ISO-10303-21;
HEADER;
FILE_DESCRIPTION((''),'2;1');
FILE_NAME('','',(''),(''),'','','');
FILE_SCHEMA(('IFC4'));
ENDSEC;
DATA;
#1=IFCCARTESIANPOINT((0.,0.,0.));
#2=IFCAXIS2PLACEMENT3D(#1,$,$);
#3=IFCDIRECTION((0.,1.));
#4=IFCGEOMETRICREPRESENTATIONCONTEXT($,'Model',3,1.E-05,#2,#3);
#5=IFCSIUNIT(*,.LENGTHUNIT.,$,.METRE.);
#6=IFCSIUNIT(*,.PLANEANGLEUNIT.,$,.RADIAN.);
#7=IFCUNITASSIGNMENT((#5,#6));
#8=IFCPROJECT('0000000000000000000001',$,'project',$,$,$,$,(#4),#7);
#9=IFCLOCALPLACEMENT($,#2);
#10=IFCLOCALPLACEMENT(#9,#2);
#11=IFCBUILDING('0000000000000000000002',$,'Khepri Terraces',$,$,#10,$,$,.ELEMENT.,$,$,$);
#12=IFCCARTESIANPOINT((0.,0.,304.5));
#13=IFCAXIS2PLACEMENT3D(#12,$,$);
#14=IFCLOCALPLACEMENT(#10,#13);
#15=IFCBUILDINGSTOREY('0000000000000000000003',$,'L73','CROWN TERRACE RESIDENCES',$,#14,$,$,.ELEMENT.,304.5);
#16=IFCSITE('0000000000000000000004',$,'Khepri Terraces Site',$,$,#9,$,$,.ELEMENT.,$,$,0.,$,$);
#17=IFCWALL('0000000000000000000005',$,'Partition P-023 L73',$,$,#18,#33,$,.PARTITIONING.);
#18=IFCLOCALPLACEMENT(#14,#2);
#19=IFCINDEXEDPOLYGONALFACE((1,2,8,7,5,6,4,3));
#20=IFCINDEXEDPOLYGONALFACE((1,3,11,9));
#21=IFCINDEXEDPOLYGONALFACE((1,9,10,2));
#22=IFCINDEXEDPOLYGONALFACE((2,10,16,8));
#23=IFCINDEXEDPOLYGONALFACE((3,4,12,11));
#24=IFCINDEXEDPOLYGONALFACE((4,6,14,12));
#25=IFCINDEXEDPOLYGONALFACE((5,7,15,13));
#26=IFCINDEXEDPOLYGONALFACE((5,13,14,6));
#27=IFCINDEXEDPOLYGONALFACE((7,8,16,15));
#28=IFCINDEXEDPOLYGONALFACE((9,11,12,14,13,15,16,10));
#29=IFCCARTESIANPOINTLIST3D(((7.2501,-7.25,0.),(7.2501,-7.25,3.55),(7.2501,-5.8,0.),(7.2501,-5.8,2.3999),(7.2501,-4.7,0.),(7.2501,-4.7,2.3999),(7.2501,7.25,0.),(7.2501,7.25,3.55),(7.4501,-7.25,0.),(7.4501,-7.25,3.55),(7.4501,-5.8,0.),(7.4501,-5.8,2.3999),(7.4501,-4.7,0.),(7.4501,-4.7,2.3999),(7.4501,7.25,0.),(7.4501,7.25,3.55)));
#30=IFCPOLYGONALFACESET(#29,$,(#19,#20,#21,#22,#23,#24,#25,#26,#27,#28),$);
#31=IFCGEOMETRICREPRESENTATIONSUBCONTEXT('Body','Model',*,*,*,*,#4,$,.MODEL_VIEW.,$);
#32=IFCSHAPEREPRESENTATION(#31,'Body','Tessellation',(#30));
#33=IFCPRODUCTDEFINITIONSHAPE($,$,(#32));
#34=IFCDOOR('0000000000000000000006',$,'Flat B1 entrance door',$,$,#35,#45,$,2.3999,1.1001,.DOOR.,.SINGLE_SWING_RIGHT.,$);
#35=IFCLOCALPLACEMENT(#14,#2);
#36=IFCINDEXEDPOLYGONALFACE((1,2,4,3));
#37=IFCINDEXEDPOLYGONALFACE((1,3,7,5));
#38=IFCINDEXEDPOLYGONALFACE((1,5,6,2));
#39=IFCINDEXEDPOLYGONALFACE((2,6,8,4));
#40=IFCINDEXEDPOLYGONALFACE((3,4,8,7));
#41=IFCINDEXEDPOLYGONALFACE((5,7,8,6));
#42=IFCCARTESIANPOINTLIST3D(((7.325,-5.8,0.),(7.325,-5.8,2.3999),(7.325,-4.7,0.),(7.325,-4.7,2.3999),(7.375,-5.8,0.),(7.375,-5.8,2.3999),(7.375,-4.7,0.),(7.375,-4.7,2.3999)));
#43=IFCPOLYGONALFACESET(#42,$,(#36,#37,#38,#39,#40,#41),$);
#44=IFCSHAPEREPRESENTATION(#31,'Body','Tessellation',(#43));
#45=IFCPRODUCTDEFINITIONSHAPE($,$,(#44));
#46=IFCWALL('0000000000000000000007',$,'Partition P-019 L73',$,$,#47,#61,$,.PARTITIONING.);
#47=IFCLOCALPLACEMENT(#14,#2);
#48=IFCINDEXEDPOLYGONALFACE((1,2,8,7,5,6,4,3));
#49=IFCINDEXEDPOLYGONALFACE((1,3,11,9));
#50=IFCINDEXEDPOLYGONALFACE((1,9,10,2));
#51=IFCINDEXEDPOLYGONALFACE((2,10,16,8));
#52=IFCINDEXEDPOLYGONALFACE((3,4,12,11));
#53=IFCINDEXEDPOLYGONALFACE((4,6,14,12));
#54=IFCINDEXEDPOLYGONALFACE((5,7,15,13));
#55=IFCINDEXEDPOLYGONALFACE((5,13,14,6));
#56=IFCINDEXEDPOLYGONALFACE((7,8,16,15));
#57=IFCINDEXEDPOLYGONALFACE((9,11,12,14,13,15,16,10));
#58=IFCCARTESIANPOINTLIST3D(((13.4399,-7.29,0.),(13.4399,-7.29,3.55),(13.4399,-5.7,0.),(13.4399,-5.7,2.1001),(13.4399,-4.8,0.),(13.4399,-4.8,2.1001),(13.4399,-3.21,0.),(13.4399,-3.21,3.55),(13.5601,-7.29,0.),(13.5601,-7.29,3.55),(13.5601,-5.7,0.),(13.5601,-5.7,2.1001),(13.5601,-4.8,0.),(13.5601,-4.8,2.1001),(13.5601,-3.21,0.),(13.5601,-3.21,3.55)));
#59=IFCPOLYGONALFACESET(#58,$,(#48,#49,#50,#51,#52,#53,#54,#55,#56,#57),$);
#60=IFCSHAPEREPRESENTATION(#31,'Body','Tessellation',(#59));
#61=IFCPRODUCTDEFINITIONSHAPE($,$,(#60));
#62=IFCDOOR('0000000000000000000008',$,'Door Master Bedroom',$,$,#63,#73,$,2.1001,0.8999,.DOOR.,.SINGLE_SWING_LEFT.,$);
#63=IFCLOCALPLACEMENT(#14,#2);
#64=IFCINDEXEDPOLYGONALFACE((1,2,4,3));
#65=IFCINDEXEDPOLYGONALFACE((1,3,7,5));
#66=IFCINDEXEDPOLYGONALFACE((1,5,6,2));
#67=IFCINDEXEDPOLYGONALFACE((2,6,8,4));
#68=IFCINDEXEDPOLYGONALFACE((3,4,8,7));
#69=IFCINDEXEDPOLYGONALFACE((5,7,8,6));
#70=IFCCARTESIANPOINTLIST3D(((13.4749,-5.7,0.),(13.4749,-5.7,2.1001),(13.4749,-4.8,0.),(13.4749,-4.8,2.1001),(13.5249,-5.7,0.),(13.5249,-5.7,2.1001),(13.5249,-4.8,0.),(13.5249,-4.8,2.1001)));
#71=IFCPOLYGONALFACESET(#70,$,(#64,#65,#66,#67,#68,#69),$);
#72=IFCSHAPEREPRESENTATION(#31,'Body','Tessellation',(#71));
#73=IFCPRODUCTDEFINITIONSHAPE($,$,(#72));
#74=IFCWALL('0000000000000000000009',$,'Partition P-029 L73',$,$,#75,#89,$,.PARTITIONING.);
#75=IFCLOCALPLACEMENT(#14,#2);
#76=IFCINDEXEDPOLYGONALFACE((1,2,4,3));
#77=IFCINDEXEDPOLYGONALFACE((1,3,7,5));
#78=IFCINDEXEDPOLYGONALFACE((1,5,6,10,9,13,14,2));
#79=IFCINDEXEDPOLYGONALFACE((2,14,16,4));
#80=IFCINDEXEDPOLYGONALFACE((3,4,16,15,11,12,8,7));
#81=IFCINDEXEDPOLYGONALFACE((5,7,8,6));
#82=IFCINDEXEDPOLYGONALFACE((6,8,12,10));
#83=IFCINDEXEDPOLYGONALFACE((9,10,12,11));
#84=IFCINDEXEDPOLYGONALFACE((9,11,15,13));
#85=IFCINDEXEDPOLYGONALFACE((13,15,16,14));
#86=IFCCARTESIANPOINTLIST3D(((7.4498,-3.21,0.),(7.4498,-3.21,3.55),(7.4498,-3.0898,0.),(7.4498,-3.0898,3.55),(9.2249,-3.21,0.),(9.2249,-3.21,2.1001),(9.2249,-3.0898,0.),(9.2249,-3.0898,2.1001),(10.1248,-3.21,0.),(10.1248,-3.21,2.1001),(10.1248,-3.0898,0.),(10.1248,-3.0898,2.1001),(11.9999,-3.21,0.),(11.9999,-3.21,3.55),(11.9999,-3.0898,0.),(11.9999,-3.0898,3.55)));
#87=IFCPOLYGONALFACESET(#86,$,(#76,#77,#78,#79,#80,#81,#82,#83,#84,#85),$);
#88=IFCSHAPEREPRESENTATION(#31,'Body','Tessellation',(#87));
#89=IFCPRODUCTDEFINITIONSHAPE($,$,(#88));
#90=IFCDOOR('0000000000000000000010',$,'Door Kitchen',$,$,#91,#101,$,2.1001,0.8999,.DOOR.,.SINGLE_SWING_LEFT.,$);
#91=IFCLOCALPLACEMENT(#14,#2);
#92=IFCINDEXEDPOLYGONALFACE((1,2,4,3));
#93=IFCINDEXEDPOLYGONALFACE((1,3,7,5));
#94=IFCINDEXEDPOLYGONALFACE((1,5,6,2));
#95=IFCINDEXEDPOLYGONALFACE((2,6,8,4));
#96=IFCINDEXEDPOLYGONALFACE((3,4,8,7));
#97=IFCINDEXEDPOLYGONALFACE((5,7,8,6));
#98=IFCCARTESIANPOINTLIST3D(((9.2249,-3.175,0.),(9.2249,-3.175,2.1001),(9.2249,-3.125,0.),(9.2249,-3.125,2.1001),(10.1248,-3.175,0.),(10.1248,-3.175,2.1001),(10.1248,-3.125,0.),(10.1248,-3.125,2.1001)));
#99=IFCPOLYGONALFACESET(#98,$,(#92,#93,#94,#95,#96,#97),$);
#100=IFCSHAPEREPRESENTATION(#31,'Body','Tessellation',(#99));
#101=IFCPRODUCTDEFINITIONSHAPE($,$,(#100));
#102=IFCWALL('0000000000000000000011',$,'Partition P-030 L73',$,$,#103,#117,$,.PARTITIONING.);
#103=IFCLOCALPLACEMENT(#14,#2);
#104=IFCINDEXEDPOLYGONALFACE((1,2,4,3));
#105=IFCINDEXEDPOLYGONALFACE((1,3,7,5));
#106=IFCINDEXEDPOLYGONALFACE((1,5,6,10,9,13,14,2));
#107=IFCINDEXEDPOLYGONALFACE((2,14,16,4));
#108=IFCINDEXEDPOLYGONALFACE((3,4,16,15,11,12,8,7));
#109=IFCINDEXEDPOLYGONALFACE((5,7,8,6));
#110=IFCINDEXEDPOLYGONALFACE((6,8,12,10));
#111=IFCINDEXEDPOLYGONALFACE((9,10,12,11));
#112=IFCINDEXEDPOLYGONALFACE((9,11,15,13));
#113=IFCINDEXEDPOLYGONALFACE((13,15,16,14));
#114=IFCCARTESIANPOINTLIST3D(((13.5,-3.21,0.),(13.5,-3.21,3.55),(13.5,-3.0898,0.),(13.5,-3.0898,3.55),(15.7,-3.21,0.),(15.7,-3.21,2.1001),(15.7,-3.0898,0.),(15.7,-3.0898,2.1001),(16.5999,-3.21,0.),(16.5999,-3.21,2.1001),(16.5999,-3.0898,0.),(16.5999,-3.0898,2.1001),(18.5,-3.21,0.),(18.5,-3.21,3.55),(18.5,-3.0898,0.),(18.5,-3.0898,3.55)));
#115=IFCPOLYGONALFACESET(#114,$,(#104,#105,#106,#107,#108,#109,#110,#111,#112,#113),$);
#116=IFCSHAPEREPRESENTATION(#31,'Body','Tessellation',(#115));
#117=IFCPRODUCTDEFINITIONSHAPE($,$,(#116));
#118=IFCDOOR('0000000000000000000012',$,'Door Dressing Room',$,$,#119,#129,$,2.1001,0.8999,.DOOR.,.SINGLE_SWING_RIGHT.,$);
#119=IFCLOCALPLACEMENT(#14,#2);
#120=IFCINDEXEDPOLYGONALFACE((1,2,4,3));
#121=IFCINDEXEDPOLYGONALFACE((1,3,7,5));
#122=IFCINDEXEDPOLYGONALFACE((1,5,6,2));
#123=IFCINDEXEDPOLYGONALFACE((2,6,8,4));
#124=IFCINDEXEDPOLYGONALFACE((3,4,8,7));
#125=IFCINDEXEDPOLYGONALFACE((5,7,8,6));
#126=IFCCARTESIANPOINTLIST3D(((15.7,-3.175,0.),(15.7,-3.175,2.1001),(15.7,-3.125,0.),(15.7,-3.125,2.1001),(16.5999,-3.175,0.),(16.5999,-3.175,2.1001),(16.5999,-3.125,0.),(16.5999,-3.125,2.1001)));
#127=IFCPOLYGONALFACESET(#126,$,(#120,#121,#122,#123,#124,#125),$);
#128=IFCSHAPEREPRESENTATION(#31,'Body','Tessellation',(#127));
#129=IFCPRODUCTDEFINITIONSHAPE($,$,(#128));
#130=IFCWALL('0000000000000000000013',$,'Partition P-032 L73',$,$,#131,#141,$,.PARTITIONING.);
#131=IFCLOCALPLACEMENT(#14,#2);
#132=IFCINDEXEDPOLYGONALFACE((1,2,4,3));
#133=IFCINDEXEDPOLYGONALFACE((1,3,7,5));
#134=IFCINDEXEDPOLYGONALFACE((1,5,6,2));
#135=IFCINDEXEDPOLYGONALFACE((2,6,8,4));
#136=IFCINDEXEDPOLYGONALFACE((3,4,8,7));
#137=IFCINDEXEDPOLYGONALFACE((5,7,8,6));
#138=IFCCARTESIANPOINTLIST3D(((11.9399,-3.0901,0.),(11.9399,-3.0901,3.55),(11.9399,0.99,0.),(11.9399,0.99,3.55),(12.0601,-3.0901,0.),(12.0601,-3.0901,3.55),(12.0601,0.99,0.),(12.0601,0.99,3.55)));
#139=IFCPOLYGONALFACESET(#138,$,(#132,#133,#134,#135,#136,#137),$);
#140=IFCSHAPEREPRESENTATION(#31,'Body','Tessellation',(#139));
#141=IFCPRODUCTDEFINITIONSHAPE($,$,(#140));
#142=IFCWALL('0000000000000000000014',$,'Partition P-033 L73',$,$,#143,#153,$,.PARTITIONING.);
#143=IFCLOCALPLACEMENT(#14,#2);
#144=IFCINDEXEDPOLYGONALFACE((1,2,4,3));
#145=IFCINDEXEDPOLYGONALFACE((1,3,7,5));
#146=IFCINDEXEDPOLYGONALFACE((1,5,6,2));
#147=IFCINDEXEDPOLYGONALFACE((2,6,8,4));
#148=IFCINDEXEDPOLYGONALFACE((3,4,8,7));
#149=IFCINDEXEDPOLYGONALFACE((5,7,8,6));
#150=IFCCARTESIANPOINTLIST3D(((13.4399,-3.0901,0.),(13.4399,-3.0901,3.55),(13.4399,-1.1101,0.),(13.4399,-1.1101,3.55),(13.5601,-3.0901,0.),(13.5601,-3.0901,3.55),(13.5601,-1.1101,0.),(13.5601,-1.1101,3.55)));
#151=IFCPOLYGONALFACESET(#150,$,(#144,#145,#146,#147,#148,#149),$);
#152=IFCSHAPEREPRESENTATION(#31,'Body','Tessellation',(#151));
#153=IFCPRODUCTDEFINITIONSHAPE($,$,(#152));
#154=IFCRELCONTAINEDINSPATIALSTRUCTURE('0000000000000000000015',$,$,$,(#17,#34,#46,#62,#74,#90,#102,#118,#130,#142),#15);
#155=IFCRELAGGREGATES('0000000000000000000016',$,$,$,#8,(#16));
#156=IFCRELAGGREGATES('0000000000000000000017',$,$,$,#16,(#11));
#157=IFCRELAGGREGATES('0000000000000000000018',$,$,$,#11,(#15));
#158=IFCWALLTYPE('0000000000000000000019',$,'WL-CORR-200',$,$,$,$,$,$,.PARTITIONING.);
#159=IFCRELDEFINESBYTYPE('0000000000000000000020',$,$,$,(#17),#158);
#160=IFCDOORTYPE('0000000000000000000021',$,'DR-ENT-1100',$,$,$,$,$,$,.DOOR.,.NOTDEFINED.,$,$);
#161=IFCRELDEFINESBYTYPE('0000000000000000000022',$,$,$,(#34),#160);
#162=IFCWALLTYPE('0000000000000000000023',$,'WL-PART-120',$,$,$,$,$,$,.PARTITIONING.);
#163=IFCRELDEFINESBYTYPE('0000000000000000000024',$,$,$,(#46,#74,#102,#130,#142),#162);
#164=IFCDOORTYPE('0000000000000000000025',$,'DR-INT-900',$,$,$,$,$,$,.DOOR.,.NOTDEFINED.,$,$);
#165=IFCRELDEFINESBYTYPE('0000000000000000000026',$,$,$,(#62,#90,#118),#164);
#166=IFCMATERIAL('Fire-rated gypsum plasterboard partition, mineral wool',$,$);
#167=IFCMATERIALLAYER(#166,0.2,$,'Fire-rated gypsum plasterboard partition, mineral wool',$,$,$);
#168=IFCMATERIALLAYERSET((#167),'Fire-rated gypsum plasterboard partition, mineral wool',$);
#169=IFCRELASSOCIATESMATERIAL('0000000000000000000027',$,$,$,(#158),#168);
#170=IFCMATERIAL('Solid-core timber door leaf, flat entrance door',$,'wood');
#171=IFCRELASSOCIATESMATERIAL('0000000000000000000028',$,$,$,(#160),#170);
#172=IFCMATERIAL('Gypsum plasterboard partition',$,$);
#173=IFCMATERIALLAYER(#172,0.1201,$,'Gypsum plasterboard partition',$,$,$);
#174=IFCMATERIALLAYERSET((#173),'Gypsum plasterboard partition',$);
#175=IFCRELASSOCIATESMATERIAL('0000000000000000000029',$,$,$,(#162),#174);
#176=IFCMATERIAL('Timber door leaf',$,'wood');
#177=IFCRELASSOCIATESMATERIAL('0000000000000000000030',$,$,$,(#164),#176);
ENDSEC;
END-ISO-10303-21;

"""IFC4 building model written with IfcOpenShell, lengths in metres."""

from ifc_helpers import new_model, si_unit, direction, frame, frame_2d, origin, place, context, subcontext, project, spatial, rectangle, extrude, material, layer, layer_set, type_object, element, fill, save


model = new_model("IFC4")

# Units and contexts
model_context = context("Model", 3, precision=1e-05, world=origin(), true_north=direction((0.0, 1.0)))
body_context = subcontext(model_context, "Body", "Model", "MODEL_VIEW")
ifc_project = project(units=[si_unit("LENGTHUNIT", "METRE"), si_unit("PLANEANGLEUNIT", "RADIAN")], contexts=[model_context])

# Site, building, storey
site_placement = place(None, origin())
site = spatial("IfcSite", under=ifc_project, at=site_placement, Name="Khepri Terraces Site", CompositionType="ELEMENT", RefElevation=0.0)
building_placement = place(site_placement, origin())
building = spatial("IfcBuilding", under=site, at=building_placement, Name="Khepri Terraces", CompositionType="ELEMENT")
storey_placement = place(building_placement, frame((0.0, 0.0, 304.5)))
storey = spatial("IfcBuildingStorey", under=building, at=storey_placement, Name="L73", Description="CROWN TERRACE RESIDENCES", CompositionType="ELEMENT", Elevation=304.5)

# Walls, openings, doors
ifc_material_1 = material(Name="Fire-rated gypsum plasterboard partition, mineral wool")
ifc_layer_1 = layer(ifc_material_1, 0.2, Name="Fire-rated gypsum plasterboard partition, mineral wool")
ifc_layer_set_1 = layer_set([ifc_layer_1], Name="Fire-rated gypsum plasterboard partition, mineral wool")
wall_type_1 = type_object("IfcWallType", Name="WL-CORR-200", PredefinedType="PARTITIONING", material=ifc_layer_set_1)
wall_1_placement = place(storey_placement, frame((7.3501, -7.25, 0.0), z_axis=(0.0, 0.0, 1.0), x_axis=(0.0, 1.0, 0.0)))
wall_1 = element("IfcWall", 1, at=wall_1_placement, inside=storey, type_object=wall_type_1, Name="Partition P-023 L73", PredefinedType="PARTITIONING", context=body_context, shape_type="SweptSolid", body=[
    extrude(rectangle(XDim=14.5, YDim=0.2, at=frame_2d((7.25, 0.0))), origin(), (0.0, 0.0, 1.0), 3.55),
])
opening_1_placement = place(wall_1_placement, frame((1.45, 0.0, 0.0)))
opening_1 = element("IfcOpeningElement", 2, at=opening_1_placement, cuts=wall_1, PredefinedType="OPENING", context=body_context, shape_type="SweptSolid", body=[
    extrude(rectangle(XDim=1.1001, YDim=2.3999, at=frame_2d((0.55, 1.2))), frame((0.0, 0.1099, 0.0), z_axis=(0.0, -1.0, 0.0), x_axis=(1.0, 0.0, 0.0)), (0.0, 0.0, 1.0), 0.22),
])
ifc_material_2 = material(Name="Solid-core timber door leaf, flat entrance door", Category="wood")
door_type_1 = type_object("IfcDoorType", Name="DR-ENT-1100", OperationType="NOTDEFINED", PredefinedType="DOOR", material=ifc_material_2)
door_1_placement = place(opening_1_placement, frame((1.1001, 0.0, 0.0), z_axis=(0.0, 0.0, 1.0), x_axis=(-1.0, 0.0, 0.0)))
door_1 = element("IfcDoor", 3, at=door_1_placement, inside=storey, type_object=door_type_1, Name="Flat B1 entrance door", OperationType="SINGLE_SWING_RIGHT", OverallHeight=2.3999, OverallWidth=1.1001, PredefinedType="DOOR", context=body_context, shape_type="SweptSolid", body=[
    extrude(rectangle(XDim=1.1001, YDim=2.3999, at=frame_2d((0.55, 1.2))), frame((0.0, 0.0249, 0.0), z_axis=(0.0, -1.0, 0.0), x_axis=(1.0, 0.0, 0.0)), (0.0, 0.0, 1.0), 0.05),
])
fill(opening_1, door_1)
ifc_material_3 = material(Name="Gypsum plasterboard partition")
ifc_layer_2 = layer(ifc_material_3, 0.1201, Name="Gypsum plasterboard partition")
ifc_layer_set_2 = layer_set([ifc_layer_2], Name="Gypsum plasterboard partition")
wall_type_2 = type_object("IfcWallType", Name="WL-PART-120", PredefinedType="PARTITIONING", material=ifc_layer_set_2)
wall_2_placement = place(storey_placement, frame((13.5, -7.29, 0.0), z_axis=(0.0, 0.0, 1.0), x_axis=(0.0, 1.0, 0.0)))
wall_2 = element("IfcWall", 4, at=wall_2_placement, inside=storey, type_object=wall_type_2, Name="Partition P-019 L73", PredefinedType="PARTITIONING", context=body_context, shape_type="SweptSolid", body=[
    extrude(rectangle(XDim=4.0801, YDim=0.1201, at=frame_2d((2.04, 0.0))), origin(), (0.0, 0.0, 1.0), 3.55),
])
opening_2_placement = place(wall_2_placement, frame((1.5901, 0.0, 0.0)))
opening_2 = element("IfcOpeningElement", 5, at=opening_2_placement, cuts=wall_2, PredefinedType="OPENING", context=body_context, shape_type="SweptSolid", body=[
    extrude(rectangle(XDim=0.8999, YDim=2.1001, at=frame_2d((0.45, 1.05))), frame((0.0, 0.0701, 0.0), z_axis=(0.0, -1.0, 0.0), x_axis=(1.0, 0.0, 0.0)), (0.0, 0.0, 1.0), 0.1401),
])
ifc_material_4 = material(Name="Timber door leaf", Category="wood")
door_type_2 = type_object("IfcDoorType", Name="DR-INT-900", OperationType="NOTDEFINED", PredefinedType="DOOR", material=ifc_material_4)
door_2_placement = place(opening_2_placement, frame((0.8999, 0.0, 0.0), z_axis=(0.0, 0.0, 1.0), x_axis=(-1.0, 0.0, 0.0)))
door_2 = element("IfcDoor", 6, at=door_2_placement, inside=storey, type_object=door_type_2, Name="Door Master Bedroom", OperationType="SINGLE_SWING_LEFT", OverallHeight=2.1001, OverallWidth=0.8999, PredefinedType="DOOR", context=body_context, shape_type="SweptSolid", body=[
    extrude(rectangle(XDim=0.8999, YDim=2.1001, at=frame_2d((0.45, 1.05))), frame((0.0, 0.0249, 0.0), z_axis=(0.0, -1.0, 0.0), x_axis=(1.0, 0.0, 0.0)), (0.0, 0.0, 1.0), 0.05),
])
fill(opening_2, door_2)
wall_3_placement = place(storey_placement, frame((7.45, -3.1499, 0.0), z_axis=(0.0, 0.0, 1.0), x_axis=(1.0, 0.0, 0.0)))
wall_3 = element("IfcWall", 7, at=wall_3_placement, inside=storey, type_object=wall_type_2, Name="Partition P-029 L73", PredefinedType="PARTITIONING", context=body_context, shape_type="SweptSolid", body=[
    extrude(rectangle(XDim=4.55, YDim=0.1201, at=frame_2d((2.2749, 0.0))), origin(), (0.0, 0.0, 1.0), 3.55),
])
opening_3_placement = place(wall_3_placement, frame((1.7749, 0.0, 0.0)))
opening_3 = element("IfcOpeningElement", 8, at=opening_3_placement, cuts=wall_3, PredefinedType="OPENING", context=body_context, shape_type="SweptSolid", body=[
    extrude(rectangle(XDim=0.8999, YDim=2.1001, at=frame_2d((0.45, 1.05))), frame((0.0, 0.0701, 0.0), z_axis=(0.0, -1.0, 0.0), x_axis=(1.0, 0.0, 0.0)), (0.0, 0.0, 1.0), 0.1401),
])
door_3_placement = place(opening_3_placement, origin())
door_3 = element("IfcDoor", 9, at=door_3_placement, inside=storey, type_object=door_type_2, Name="Door Kitchen", OperationType="SINGLE_SWING_LEFT", OverallHeight=2.1001, OverallWidth=0.8999, PredefinedType="DOOR", context=body_context, shape_type="SweptSolid", body=[
    extrude(rectangle(XDim=0.8999, YDim=2.1001, at=frame_2d((0.45, 1.05))), frame((0.0, 0.0249, 0.0), z_axis=(0.0, -1.0, 0.0), x_axis=(1.0, 0.0, 0.0)), (0.0, 0.0, 1.0), 0.05),
])
fill(opening_3, door_3)
wall_4_placement = place(storey_placement, frame((13.5, -3.1499, 0.0), z_axis=(0.0, 0.0, 1.0), x_axis=(1.0, 0.0, 0.0)))
wall_4 = element("IfcWall", 10, at=wall_4_placement, inside=storey, type_object=wall_type_2, Name="Partition P-030 L73", PredefinedType="PARTITIONING", context=body_context, shape_type="SweptSolid", body=[
    extrude(rectangle(XDim=5.0, YDim=0.1201, at=frame_2d((2.5, 0.0))), origin(), (0.0, 0.0, 1.0), 3.55),
])
opening_4_placement = place(wall_4_placement, frame((2.2, 0.0, 0.0)))
opening_4 = element("IfcOpeningElement", 11, at=opening_4_placement, cuts=wall_4, PredefinedType="OPENING", context=body_context, shape_type="SweptSolid", body=[
    extrude(rectangle(XDim=0.8999, YDim=2.1001, at=frame_2d((0.45, 1.05))), frame((0.0, 0.0701, 0.0), z_axis=(0.0, -1.0, 0.0), x_axis=(1.0, 0.0, 0.0)), (0.0, 0.0, 1.0), 0.1401),
])
door_4_placement = place(opening_4_placement, origin())
door_4 = element("IfcDoor", 12, at=door_4_placement, inside=storey, type_object=door_type_2, Name="Door Dressing Room", OperationType="SINGLE_SWING_RIGHT", OverallHeight=2.1001, OverallWidth=0.8999, PredefinedType="DOOR", context=body_context, shape_type="SweptSolid", body=[
    extrude(rectangle(XDim=0.8999, YDim=2.1001, at=frame_2d((0.45, 1.05))), frame((0.0, 0.0249, 0.0), z_axis=(0.0, -1.0, 0.0), x_axis=(1.0, 0.0, 0.0)), (0.0, 0.0, 1.0), 0.05),
])
fill(opening_4, door_4)

# Walls
wall_5_placement = place(storey_placement, frame((12.0, -3.0901, 0.0), z_axis=(0.0, 0.0, 1.0), x_axis=(0.0, 1.0, 0.0)))
element("IfcWall", 13, at=wall_5_placement, inside=storey, type_object=wall_type_2, Name="Partition P-032 L73", PredefinedType="PARTITIONING", context=body_context, shape_type="SweptSolid", body=[
    extrude(rectangle(XDim=4.0801, YDim=0.1201, at=frame_2d((2.04, 0.0))), origin(), (0.0, 0.0, 1.0), 3.55),
])
wall_6_placement = place(storey_placement, frame((13.5, -3.0901, 0.0), z_axis=(0.0, 0.0, 1.0), x_axis=(0.0, 1.0, 0.0)))
element("IfcWall", 14, at=wall_6_placement, inside=storey, type_object=wall_type_2, Name="Partition P-033 L73", PredefinedType="PARTITIONING", context=body_context, shape_type="SweptSolid", body=[
    extrude(rectangle(XDim=1.98, YDim=0.1201, at=frame_2d((0.99, 0.0))), origin(), (0.0, 0.0, 1.0), 3.55),
])

save(model, "model.ifc")
